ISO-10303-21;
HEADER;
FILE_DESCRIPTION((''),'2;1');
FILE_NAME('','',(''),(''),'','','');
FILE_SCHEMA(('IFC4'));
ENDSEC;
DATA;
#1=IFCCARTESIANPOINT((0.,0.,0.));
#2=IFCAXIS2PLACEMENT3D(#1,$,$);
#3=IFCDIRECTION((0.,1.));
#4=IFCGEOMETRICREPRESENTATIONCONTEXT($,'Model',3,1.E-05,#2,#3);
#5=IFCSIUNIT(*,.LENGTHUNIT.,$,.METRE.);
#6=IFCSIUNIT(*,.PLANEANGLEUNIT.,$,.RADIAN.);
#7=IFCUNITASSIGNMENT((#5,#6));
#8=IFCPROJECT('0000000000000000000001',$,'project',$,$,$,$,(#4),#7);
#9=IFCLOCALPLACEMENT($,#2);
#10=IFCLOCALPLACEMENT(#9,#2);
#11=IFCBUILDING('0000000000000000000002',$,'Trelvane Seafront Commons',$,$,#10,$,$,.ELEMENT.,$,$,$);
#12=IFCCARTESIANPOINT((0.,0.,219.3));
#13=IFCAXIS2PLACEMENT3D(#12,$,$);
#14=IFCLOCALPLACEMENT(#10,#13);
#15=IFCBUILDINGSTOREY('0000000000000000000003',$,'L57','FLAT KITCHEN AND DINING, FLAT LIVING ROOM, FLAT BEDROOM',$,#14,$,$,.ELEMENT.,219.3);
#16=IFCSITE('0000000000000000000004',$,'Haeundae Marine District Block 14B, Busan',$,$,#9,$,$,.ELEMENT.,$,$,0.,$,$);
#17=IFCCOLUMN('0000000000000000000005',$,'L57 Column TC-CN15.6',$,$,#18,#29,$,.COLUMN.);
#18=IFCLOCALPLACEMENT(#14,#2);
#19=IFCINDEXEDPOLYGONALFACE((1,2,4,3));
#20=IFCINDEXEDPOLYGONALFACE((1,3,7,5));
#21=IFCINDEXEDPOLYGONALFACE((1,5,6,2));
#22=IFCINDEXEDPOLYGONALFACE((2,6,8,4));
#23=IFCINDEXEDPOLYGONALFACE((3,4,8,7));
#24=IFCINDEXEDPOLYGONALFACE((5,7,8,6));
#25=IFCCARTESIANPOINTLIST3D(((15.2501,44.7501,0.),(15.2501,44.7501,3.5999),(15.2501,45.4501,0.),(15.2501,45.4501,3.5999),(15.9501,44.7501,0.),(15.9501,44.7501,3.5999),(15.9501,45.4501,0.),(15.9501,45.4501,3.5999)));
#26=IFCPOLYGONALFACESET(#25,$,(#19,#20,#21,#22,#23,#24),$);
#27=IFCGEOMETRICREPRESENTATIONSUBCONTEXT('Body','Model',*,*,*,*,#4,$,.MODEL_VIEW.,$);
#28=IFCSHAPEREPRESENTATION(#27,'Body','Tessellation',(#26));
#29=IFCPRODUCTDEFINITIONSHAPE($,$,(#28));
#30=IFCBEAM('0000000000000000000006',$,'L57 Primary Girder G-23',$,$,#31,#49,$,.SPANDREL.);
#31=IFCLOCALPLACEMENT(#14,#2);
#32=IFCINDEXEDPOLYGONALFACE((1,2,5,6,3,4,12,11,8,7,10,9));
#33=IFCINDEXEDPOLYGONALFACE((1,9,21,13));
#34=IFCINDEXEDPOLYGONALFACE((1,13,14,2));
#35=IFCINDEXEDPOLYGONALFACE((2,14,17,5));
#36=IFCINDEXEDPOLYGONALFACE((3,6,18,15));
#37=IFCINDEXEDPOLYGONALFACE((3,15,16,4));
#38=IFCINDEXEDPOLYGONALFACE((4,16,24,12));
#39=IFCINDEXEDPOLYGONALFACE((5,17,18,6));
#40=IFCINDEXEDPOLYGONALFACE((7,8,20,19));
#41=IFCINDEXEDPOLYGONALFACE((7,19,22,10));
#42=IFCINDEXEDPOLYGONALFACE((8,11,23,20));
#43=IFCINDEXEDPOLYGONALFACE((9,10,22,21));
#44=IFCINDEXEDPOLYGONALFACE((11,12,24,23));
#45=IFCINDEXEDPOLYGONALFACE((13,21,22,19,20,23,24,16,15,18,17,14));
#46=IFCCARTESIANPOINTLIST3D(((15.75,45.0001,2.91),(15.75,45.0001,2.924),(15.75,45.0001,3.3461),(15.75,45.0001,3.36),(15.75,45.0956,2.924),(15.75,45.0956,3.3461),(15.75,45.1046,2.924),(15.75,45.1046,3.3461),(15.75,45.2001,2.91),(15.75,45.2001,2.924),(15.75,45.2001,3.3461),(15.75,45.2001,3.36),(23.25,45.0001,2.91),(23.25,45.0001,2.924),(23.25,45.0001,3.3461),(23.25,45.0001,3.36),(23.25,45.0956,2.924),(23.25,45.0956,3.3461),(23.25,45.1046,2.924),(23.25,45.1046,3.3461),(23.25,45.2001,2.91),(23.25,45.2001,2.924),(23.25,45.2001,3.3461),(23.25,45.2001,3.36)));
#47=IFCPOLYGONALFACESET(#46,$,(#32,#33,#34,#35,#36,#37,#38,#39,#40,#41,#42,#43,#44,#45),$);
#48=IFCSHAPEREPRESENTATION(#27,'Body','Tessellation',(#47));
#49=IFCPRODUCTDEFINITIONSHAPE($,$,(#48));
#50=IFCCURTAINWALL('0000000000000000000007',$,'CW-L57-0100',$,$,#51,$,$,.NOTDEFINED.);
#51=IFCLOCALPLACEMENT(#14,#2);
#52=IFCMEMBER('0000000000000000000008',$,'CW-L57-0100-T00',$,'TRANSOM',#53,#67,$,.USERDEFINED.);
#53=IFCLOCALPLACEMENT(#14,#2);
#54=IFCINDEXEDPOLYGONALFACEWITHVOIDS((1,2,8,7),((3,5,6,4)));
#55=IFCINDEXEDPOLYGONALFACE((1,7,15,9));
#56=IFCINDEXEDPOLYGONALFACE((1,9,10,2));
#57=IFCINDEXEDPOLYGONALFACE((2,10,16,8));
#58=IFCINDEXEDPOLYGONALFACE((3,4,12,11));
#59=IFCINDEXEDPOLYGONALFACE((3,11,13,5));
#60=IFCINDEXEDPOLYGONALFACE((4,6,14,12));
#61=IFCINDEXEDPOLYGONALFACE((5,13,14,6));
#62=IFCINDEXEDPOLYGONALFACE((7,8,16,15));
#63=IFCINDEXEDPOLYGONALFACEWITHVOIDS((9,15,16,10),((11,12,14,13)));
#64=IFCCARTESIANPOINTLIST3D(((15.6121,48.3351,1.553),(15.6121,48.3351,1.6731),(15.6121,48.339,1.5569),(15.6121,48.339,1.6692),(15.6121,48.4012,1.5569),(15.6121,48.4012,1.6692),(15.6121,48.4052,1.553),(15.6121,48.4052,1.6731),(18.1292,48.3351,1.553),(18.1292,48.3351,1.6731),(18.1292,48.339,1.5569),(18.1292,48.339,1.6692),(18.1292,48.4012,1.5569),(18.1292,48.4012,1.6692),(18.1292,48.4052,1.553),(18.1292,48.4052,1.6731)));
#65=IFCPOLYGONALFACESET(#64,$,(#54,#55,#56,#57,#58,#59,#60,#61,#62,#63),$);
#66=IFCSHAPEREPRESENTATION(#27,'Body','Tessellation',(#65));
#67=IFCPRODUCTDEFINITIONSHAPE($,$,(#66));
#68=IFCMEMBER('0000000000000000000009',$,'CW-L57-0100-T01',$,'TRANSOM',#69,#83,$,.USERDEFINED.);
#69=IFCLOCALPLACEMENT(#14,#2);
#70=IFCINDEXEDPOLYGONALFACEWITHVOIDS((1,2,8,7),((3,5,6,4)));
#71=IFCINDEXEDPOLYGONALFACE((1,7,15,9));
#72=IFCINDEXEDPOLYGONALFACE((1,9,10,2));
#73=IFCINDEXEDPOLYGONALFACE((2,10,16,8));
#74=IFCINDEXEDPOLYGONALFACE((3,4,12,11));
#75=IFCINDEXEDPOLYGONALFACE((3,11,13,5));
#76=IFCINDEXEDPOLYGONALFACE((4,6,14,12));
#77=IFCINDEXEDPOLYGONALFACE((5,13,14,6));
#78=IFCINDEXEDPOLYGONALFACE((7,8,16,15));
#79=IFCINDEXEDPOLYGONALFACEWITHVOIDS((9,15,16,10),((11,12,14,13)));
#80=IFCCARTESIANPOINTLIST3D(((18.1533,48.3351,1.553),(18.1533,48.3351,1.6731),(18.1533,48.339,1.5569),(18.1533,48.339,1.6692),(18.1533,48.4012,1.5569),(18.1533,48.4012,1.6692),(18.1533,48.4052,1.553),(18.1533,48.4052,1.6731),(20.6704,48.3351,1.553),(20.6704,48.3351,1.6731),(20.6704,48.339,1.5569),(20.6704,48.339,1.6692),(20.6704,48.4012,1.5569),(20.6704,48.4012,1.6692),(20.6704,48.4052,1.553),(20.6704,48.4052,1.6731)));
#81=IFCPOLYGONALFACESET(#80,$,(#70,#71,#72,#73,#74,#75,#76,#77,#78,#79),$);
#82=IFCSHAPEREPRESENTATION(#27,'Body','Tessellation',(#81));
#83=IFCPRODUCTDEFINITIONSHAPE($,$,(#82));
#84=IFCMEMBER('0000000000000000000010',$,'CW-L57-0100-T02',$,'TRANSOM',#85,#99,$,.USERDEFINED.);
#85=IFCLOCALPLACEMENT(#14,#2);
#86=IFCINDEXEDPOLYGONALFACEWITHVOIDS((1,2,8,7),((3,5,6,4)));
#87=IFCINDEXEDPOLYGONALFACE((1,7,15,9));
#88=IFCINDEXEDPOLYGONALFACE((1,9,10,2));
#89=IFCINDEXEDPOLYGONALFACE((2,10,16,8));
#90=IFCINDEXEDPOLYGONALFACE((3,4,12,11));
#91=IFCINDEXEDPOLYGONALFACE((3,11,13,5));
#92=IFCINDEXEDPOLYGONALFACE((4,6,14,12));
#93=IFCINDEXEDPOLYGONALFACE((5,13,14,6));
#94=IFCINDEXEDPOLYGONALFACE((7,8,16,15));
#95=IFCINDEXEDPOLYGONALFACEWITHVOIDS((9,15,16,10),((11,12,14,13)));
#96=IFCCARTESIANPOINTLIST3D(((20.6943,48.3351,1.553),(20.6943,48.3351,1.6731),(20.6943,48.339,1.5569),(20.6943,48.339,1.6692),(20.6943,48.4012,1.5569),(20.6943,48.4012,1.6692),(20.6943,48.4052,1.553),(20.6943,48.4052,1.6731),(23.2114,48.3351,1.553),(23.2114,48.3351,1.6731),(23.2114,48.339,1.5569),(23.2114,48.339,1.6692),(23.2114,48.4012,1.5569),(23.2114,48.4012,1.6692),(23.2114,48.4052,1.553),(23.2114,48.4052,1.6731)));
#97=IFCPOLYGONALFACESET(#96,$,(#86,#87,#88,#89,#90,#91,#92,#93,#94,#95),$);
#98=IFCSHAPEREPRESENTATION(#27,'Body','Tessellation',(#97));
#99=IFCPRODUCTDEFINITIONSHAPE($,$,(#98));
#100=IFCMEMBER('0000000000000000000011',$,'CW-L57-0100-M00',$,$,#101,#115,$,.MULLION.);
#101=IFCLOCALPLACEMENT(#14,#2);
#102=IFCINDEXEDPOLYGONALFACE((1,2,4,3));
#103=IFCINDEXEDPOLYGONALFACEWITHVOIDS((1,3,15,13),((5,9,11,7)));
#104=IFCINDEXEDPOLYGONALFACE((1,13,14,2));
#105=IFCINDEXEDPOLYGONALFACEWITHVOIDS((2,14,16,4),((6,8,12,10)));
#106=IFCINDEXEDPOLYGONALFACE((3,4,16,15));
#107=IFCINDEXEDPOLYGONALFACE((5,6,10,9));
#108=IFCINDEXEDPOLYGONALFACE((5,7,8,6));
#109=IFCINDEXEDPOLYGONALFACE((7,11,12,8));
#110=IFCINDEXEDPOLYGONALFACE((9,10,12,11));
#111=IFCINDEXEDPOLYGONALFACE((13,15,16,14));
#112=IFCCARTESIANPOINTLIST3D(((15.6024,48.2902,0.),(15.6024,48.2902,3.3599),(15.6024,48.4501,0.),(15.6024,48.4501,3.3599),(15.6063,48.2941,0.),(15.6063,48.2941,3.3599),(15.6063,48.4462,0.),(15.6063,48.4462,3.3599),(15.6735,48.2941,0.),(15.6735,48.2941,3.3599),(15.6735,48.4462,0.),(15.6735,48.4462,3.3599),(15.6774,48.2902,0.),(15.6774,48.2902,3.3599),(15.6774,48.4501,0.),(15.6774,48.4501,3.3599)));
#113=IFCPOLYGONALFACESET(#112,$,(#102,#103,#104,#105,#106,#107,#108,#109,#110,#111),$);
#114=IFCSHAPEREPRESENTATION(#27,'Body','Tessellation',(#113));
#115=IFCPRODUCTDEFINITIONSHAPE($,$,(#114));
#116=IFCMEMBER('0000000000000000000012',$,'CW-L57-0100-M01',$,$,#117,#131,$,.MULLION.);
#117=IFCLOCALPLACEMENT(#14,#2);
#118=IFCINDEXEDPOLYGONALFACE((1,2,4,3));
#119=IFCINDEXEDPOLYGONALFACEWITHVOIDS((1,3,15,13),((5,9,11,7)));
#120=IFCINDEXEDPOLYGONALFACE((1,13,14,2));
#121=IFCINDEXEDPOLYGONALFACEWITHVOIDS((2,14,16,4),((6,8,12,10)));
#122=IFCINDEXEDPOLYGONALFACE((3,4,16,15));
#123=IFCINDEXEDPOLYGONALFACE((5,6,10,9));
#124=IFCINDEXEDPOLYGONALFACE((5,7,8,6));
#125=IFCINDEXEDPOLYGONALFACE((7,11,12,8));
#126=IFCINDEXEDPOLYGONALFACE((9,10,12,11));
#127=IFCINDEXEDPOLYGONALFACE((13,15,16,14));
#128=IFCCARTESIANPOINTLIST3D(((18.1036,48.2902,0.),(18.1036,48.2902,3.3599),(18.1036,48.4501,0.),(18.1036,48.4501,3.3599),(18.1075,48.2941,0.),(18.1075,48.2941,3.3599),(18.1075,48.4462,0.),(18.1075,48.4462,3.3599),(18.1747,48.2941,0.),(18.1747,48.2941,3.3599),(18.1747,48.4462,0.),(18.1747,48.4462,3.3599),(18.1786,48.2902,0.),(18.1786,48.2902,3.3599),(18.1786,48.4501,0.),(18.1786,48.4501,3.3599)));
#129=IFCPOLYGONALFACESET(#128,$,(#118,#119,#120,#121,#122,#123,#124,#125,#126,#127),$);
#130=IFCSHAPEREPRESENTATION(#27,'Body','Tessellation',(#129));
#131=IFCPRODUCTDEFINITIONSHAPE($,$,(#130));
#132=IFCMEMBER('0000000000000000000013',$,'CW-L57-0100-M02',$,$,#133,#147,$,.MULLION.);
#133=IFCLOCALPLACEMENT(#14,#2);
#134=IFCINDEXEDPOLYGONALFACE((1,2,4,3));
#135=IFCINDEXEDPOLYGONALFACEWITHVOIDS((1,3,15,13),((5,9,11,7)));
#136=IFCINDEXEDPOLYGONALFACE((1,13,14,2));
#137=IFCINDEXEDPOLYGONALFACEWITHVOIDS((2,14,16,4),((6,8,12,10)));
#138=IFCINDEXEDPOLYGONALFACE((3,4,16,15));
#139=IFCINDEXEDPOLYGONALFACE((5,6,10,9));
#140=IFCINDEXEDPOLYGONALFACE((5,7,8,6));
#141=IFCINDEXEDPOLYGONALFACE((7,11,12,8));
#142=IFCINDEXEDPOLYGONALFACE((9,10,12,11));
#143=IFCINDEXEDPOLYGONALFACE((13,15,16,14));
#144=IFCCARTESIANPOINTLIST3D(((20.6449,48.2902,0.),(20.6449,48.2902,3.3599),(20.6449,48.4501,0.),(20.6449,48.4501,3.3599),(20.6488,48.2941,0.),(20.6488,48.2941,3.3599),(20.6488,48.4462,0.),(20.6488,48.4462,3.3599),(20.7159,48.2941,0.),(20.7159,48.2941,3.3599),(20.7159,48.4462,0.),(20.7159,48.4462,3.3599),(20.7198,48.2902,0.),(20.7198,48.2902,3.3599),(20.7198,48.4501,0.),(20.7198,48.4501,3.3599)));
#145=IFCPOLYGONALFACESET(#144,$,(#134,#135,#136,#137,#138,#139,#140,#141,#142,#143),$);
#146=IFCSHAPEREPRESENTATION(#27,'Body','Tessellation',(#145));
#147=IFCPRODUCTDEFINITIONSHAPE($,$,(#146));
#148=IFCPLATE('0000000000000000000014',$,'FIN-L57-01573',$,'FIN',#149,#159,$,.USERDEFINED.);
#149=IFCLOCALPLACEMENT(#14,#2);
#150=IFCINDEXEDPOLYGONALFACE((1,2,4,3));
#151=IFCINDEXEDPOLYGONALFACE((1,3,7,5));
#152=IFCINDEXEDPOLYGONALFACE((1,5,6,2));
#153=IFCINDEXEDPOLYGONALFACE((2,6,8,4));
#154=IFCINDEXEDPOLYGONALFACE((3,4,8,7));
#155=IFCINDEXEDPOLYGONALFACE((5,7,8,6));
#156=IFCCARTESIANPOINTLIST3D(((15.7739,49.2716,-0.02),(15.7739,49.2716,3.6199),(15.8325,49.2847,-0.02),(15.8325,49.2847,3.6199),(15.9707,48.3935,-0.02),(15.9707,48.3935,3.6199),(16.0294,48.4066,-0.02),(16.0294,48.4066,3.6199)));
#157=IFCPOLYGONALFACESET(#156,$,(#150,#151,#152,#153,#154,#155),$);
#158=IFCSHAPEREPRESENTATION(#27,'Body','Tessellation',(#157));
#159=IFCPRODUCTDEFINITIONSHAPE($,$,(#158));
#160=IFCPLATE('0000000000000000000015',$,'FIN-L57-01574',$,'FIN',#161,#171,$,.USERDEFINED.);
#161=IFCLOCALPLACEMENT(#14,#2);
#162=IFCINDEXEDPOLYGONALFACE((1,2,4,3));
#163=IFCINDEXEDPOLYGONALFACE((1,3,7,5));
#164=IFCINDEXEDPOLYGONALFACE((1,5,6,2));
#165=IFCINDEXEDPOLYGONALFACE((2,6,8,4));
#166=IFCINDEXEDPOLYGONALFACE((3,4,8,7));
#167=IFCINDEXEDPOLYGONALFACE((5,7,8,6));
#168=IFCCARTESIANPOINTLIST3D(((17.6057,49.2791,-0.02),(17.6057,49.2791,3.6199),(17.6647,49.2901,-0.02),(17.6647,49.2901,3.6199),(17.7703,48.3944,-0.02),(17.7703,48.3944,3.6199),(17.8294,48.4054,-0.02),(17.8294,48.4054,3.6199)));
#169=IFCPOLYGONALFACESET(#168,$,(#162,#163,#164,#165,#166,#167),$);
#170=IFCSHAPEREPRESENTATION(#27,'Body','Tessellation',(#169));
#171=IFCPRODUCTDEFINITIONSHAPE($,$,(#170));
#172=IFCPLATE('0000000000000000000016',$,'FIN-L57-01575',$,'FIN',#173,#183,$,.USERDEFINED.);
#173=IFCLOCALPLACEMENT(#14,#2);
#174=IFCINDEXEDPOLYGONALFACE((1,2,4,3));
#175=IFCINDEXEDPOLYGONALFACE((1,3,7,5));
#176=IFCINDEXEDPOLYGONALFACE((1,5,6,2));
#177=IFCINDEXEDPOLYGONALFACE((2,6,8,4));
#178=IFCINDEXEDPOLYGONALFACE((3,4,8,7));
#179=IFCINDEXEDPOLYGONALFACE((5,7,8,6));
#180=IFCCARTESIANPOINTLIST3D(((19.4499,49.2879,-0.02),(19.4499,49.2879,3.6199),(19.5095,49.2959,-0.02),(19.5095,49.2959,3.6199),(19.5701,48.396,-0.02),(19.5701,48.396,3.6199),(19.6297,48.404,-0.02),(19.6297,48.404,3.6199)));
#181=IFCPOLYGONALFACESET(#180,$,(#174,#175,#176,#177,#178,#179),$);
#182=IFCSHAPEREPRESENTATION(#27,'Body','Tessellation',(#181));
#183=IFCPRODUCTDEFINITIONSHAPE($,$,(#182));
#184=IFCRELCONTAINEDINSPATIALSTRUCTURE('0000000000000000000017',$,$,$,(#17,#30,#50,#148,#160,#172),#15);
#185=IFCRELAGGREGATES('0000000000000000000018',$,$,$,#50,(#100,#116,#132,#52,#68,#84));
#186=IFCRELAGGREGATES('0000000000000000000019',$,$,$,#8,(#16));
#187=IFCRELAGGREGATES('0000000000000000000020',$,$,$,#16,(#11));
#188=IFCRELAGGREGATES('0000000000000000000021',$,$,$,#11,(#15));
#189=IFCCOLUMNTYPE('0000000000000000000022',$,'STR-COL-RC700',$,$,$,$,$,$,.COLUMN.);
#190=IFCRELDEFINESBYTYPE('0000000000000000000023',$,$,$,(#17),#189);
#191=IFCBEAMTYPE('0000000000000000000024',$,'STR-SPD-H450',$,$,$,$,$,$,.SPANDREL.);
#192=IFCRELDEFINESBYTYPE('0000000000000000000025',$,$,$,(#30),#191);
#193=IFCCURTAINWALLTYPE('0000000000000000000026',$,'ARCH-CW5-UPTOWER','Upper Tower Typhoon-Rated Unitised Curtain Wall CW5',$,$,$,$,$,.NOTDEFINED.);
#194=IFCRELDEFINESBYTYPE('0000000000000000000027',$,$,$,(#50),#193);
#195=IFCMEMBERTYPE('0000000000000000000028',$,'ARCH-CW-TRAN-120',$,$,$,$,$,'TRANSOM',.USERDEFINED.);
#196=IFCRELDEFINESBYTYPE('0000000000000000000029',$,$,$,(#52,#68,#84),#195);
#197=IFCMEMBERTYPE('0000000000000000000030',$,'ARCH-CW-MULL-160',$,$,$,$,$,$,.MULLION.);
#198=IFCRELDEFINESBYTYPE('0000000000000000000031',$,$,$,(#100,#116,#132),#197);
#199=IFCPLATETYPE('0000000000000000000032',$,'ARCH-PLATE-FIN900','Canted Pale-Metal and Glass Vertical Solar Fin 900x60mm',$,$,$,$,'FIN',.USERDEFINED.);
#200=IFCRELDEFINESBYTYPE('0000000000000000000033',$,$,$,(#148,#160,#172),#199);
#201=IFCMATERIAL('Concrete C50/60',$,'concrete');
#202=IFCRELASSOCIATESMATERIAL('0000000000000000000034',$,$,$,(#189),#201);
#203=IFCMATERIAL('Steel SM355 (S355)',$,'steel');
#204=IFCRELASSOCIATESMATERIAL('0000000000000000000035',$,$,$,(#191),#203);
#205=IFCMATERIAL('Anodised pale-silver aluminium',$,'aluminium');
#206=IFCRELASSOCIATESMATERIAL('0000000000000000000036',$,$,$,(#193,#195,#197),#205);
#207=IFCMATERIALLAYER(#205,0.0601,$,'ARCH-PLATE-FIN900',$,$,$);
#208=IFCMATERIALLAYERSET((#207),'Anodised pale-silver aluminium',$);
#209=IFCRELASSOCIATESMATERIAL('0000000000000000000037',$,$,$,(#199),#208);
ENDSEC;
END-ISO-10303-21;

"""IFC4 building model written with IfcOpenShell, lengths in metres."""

from ifc_helpers import new_model, si_unit, direction, frame, origin, origin_2d, place, context, subcontext, project, spatial, rectangle, hollow_rectangle, i_section, extrude, source, transform, mapped, material, layer, layer_set, material_profile, profile_set, type_object, element, aggregate, save


model = new_model("IFC4")

# Units and contexts
model_context = context("Model", 3, precision=1e-05, world=origin(), true_north=direction((0.0, 1.0)))
body_context = subcontext(model_context, "Body", "Model", "MODEL_VIEW")
ifc_project = project(units=[si_unit("LENGTHUNIT", "METRE"), si_unit("PLANEANGLEUNIT", "RADIAN")], contexts=[model_context])

# Site, building, storey
site_placement = place(None, origin())
site = spatial("IfcSite", under=ifc_project, at=site_placement, Name="Haeundae Marine District Block 14B, Busan", CompositionType="ELEMENT", RefElevation=0.0)
building_placement = place(site_placement, origin())
building = spatial("IfcBuilding", under=site, at=building_placement, Name="Trelvane Seafront Commons", CompositionType="ELEMENT")
storey_placement = place(building_placement, frame((0.0, 0.0, 219.3)))
storey = spatial("IfcBuildingStorey", under=building, at=storey_placement, Name="L57", Description="FLAT KITCHEN AND DINING, FLAT LIVING ROOM, FLAT BEDROOM", CompositionType="ELEMENT", Elevation=219.3)

# Column
ifc_material_1 = material(Name="Concrete C50/60", Category="concrete")
ifc_material_profile_1 = material_profile(ifc_material_1, rectangle(XDim=0.7, YDim=0.7, at=origin_2d()), Name="RC-700x700")
ifc_profile_set_1 = profile_set([ifc_material_profile_1], Name="Concrete C50/60")
column_type = type_object("IfcColumnType", Name="STR-COL-RC700", PredefinedType="COLUMN", material=ifc_profile_set_1)
shared_shape_1 = source(origin(), body_context, "Body", "SweptSolid", [
    extrude(rectangle(XDim=0.7, YDim=0.7, at=origin_2d()), origin(), (0.0, 0.0, 1.0), 3.5999),
])
column_placement = place(storey_placement, frame((15.6001, 45.1001, 0.0), z_axis=(0.0, 0.0, 1.0), x_axis=(1.0, 0.0, 0.0)))
element("IfcColumn", 1, at=column_placement, inside=storey, type_object=column_type, Name="L57 Column TC-CN15.6", PredefinedType="COLUMN", context=body_context, shape_type="MappedRepresentation", body=[
    mapped(shared_shape_1, transform((0.0, 0.0, 0.0), x_axis=(1.0, 0.0, 0.0), y_axis=(0.0, 1.0, 0.0), z_axis=(0.0, 0.0, 1.0), scale=1.0)),
])

# Beam
ifc_material_2 = material(Name="Steel SM355 (S355)", Category="steel")
ifc_material_profile_2 = material_profile(ifc_material_2, i_section(OverallWidth=0.2, OverallDepth=0.45, WebThickness=0.009, FlangeThickness=0.0139, at=origin_2d()), Name="H-450x200x9x14")
ifc_profile_set_2 = profile_set([ifc_material_profile_2], Name="Steel SM355 (S355)")
beam_type = type_object("IfcBeamType", Name="STR-SPD-H450", PredefinedType="SPANDREL", material=ifc_profile_set_2)
shared_shape_2 = source(origin(), body_context, "Body", "SweptSolid", [
    extrude(i_section(OverallWidth=0.2, OverallDepth=0.45, WebThickness=0.009, FlangeThickness=0.0139, at=origin_2d()), origin(), (0.0, 0.0, 1.0), 7.5),
])
beam_placement = place(storey_placement, frame((15.75, 45.1001, 3.135), z_axis=(1.0, 0.0, 0.0), x_axis=(0.0, 1.0, 0.0)))
element("IfcBeam", 2, at=beam_placement, inside=storey, type_object=beam_type, Name="L57 Primary Girder G-23", PredefinedType="SPANDREL", context=body_context, shape_type="MappedRepresentation", body=[
    mapped(shared_shape_2, transform((0.0, 0.0, 0.0), x_axis=(1.0, 0.0, 0.0), y_axis=(0.0, 1.0, 0.0), z_axis=(0.0, 0.0, 1.0), scale=1.0)),
])

# Curtain wall, members
ifc_material_3 = material(Name="Anodised pale-silver aluminium", Category="aluminium")
curtain_wall_type = type_object("IfcCurtainWallType", Name="ARCH-CW5-UPTOWER", Description="Upper Tower Typhoon-Rated Unitised Curtain Wall CW5", PredefinedType="NOTDEFINED", material=ifc_material_3)
curtain_wall_placement = place(storey_placement, origin())
curtain_wall = element("IfcCurtainWall", 3, at=curtain_wall_placement, inside=storey, type_object=curtain_wall_type, Name="CW-L57-0100", PredefinedType="NOTDEFINED")
ifc_material_profile_3 = material_profile(ifc_material_3, hollow_rectangle(XDim=0.0701, YDim=0.1201, WallThickness=0.0039, at=origin_2d()), Name="TRAN-70x120x4")
ifc_profile_set_3 = profile_set([ifc_material_profile_3], Name="Anodised pale-silver aluminium")
member_type_1 = type_object("IfcMemberType", Name="ARCH-CW-TRAN-120", ElementType="TRANSOM", PredefinedType="USERDEFINED", material=ifc_profile_set_3)
shared_shape_3 = source(origin(), body_context, "Body", "SweptSolid", [
    extrude(hollow_rectangle(XDim=0.0701, YDim=0.1201, WallThickness=0.0039, at=origin_2d()), origin(), (0.0, 0.0, 1.0), 2.5171),
])
member_1_placement = place(storey_placement, frame((15.6121, 48.3701, 1.613), z_axis=(1.0, 0.0, 0.0), x_axis=(0.0, 1.0, 0.0)))
member_1 = element("IfcMember", 4, at=member_1_placement, type_object=member_type_1, Name="CW-L57-0100-T00", ObjectType="TRANSOM", PredefinedType="USERDEFINED", context=body_context, shape_type="MappedRepresentation", body=[
    mapped(shared_shape_3, transform((0.0, 0.0, 0.0), x_axis=(1.0, 0.0, 0.0), y_axis=(0.0, 1.0, 0.0), z_axis=(0.0, 0.0, 1.0), scale=1.0)),
])
member_2_placement = place(storey_placement, frame((18.1533, 48.3701, 1.613), z_axis=(1.0, 0.0, 0.0), x_axis=(0.0, 1.0, 0.0)))
member_2 = element("IfcMember", 5, at=member_2_placement, type_object=member_type_1, Name="CW-L57-0100-T01", ObjectType="TRANSOM", PredefinedType="USERDEFINED", context=body_context, shape_type="MappedRepresentation", body=[
    mapped(shared_shape_3, transform((0.0, 0.0, 0.0), x_axis=(1.0, 0.0, 0.0), y_axis=(0.0, 1.0, 0.0), z_axis=(0.0, 0.0, 1.0), scale=1.0)),
])
member_3_placement = place(storey_placement, frame((20.6943, 48.3701, 1.613), z_axis=(1.0, 0.0, 0.0), x_axis=(0.0, 1.0, 0.0)))
member_3 = element("IfcMember", 6, at=member_3_placement, type_object=member_type_1, Name="CW-L57-0100-T02", ObjectType="TRANSOM", PredefinedType="USERDEFINED", context=body_context, shape_type="MappedRepresentation", body=[
    mapped(shared_shape_3, transform((0.0, 0.0, 0.0), x_axis=(1.0, 0.0, 0.0), y_axis=(0.0, 1.0, 0.0), z_axis=(0.0, 0.0, 1.0), scale=1.0)),
])
ifc_material_profile_4 = material_profile(ifc_material_3, hollow_rectangle(XDim=0.075, YDim=0.1599, WallThickness=0.0039, at=origin_2d()), Name="MULL-75x160x4")
ifc_profile_set_4 = profile_set([ifc_material_profile_4], Name="Anodised pale-silver aluminium")
member_type_2 = type_object("IfcMemberType", Name="ARCH-CW-MULL-160", PredefinedType="MULLION", material=ifc_profile_set_4)
shared_shape_4 = source(origin(), body_context, "Body", "SweptSolid", [
    extrude(hollow_rectangle(XDim=0.075, YDim=0.1599, WallThickness=0.0039, at=origin_2d()), origin(), (0.0, 0.0, 1.0), 3.3599),
])
member_4_placement = place(storey_placement, frame((15.6399, 48.3701, 0.0), z_axis=(0.0, 0.0, 1.0), x_axis=(1.0, 0.0, 0.0)))
member_4 = element("IfcMember", 7, at=member_4_placement, type_object=member_type_2, Name="CW-L57-0100-M00", PredefinedType="MULLION", context=body_context, shape_type="MappedRepresentation", body=[
    mapped(shared_shape_4, transform((0.0, 0.0, 0.0), x_axis=(1.0, 0.0, 0.0), y_axis=(0.0, 1.0, 0.0), z_axis=(0.0, 0.0, 1.0), scale=1.0)),
])
member_5_placement = place(storey_placement, frame((18.1411, 48.3701, 0.0), z_axis=(0.0, 0.0, 1.0), x_axis=(1.0, 0.0, 0.0)))
member_5 = element("IfcMember", 8, at=member_5_placement, type_object=member_type_2, Name="CW-L57-0100-M01", PredefinedType="MULLION", context=body_context, shape_type="MappedRepresentation", body=[
    mapped(shared_shape_4, transform((0.0, 0.0, 0.0), x_axis=(1.0, 0.0, 0.0), y_axis=(0.0, 1.0, 0.0), z_axis=(0.0, 0.0, 1.0), scale=1.0)),
])
member_6_placement = place(storey_placement, frame((20.6824, 48.3701, 0.0), z_axis=(0.0, 0.0, 1.0), x_axis=(1.0, 0.0, 0.0)))
member_6 = element("IfcMember", 9, at=member_6_placement, type_object=member_type_2, Name="CW-L57-0100-M02", PredefinedType="MULLION", context=body_context, shape_type="MappedRepresentation", body=[
    mapped(shared_shape_4, transform((0.0, 0.0, 0.0), x_axis=(1.0, 0.0, 0.0), y_axis=(0.0, 1.0, 0.0), z_axis=(0.0, 0.0, 1.0), scale=1.0)),
])

# Plates
ifc_layer_1 = layer(ifc_material_3, 0.0601, Name="ARCH-PLATE-FIN900")
ifc_layer_set_1 = layer_set([ifc_layer_1], Name="Anodised pale-silver aluminium")
plate_type_1 = type_object("IfcPlateType", Name="ARCH-PLATE-FIN900", Description="Canted Pale-Metal and Glass Vertical Solar Fin 900x60mm", ElementType="FIN", PredefinedType="USERDEFINED", material=ifc_layer_set_1)
shared_shape_5 = source(origin(), body_context, "Body", "SweptSolid", [
    extrude(rectangle(XDim=0.8999, YDim=0.0601, at=origin_2d()), origin(), (0.0, 0.0, 1.0), 3.6399),
])
for number, where, z_axis, x_axis, name in (
    (10, (15.9016, 48.8391, -0.02), (0.0, 0.0, 1.0), (-0.218777, 0.975775, 0.0), "FIN-L57-01573"),
    (11, (17.7175, 48.8423, -0.02), (0.0, 0.0, 1.0), (-0.183001, 0.983113, 0.0), "FIN-L57-01574"),
    (12, (19.5398, 48.8459, -0.02), (0.0, 0.0, 1.0), (-0.133561, 0.991041, 0.0), "FIN-L57-01575"),
):
    element("IfcPlate", number, at=place(storey_placement, frame(where, z_axis=z_axis, x_axis=x_axis)), inside=storey, type_object=plate_type_1, Name=name, ObjectType="FIN", PredefinedType="USERDEFINED", context=body_context, shape_type="MappedRepresentation", body=[
        mapped(shared_shape_5, transform((0.0, 0.0, 0.0), x_axis=(1.0, 0.0, 0.0), y_axis=(0.0, 1.0, 0.0), z_axis=(0.0, 0.0, 1.0), scale=1.0)),
    ])

aggregate(curtain_wall, [member_4, member_5, member_6, member_1, member_2, member_3])

save(model, "model.ifc")
